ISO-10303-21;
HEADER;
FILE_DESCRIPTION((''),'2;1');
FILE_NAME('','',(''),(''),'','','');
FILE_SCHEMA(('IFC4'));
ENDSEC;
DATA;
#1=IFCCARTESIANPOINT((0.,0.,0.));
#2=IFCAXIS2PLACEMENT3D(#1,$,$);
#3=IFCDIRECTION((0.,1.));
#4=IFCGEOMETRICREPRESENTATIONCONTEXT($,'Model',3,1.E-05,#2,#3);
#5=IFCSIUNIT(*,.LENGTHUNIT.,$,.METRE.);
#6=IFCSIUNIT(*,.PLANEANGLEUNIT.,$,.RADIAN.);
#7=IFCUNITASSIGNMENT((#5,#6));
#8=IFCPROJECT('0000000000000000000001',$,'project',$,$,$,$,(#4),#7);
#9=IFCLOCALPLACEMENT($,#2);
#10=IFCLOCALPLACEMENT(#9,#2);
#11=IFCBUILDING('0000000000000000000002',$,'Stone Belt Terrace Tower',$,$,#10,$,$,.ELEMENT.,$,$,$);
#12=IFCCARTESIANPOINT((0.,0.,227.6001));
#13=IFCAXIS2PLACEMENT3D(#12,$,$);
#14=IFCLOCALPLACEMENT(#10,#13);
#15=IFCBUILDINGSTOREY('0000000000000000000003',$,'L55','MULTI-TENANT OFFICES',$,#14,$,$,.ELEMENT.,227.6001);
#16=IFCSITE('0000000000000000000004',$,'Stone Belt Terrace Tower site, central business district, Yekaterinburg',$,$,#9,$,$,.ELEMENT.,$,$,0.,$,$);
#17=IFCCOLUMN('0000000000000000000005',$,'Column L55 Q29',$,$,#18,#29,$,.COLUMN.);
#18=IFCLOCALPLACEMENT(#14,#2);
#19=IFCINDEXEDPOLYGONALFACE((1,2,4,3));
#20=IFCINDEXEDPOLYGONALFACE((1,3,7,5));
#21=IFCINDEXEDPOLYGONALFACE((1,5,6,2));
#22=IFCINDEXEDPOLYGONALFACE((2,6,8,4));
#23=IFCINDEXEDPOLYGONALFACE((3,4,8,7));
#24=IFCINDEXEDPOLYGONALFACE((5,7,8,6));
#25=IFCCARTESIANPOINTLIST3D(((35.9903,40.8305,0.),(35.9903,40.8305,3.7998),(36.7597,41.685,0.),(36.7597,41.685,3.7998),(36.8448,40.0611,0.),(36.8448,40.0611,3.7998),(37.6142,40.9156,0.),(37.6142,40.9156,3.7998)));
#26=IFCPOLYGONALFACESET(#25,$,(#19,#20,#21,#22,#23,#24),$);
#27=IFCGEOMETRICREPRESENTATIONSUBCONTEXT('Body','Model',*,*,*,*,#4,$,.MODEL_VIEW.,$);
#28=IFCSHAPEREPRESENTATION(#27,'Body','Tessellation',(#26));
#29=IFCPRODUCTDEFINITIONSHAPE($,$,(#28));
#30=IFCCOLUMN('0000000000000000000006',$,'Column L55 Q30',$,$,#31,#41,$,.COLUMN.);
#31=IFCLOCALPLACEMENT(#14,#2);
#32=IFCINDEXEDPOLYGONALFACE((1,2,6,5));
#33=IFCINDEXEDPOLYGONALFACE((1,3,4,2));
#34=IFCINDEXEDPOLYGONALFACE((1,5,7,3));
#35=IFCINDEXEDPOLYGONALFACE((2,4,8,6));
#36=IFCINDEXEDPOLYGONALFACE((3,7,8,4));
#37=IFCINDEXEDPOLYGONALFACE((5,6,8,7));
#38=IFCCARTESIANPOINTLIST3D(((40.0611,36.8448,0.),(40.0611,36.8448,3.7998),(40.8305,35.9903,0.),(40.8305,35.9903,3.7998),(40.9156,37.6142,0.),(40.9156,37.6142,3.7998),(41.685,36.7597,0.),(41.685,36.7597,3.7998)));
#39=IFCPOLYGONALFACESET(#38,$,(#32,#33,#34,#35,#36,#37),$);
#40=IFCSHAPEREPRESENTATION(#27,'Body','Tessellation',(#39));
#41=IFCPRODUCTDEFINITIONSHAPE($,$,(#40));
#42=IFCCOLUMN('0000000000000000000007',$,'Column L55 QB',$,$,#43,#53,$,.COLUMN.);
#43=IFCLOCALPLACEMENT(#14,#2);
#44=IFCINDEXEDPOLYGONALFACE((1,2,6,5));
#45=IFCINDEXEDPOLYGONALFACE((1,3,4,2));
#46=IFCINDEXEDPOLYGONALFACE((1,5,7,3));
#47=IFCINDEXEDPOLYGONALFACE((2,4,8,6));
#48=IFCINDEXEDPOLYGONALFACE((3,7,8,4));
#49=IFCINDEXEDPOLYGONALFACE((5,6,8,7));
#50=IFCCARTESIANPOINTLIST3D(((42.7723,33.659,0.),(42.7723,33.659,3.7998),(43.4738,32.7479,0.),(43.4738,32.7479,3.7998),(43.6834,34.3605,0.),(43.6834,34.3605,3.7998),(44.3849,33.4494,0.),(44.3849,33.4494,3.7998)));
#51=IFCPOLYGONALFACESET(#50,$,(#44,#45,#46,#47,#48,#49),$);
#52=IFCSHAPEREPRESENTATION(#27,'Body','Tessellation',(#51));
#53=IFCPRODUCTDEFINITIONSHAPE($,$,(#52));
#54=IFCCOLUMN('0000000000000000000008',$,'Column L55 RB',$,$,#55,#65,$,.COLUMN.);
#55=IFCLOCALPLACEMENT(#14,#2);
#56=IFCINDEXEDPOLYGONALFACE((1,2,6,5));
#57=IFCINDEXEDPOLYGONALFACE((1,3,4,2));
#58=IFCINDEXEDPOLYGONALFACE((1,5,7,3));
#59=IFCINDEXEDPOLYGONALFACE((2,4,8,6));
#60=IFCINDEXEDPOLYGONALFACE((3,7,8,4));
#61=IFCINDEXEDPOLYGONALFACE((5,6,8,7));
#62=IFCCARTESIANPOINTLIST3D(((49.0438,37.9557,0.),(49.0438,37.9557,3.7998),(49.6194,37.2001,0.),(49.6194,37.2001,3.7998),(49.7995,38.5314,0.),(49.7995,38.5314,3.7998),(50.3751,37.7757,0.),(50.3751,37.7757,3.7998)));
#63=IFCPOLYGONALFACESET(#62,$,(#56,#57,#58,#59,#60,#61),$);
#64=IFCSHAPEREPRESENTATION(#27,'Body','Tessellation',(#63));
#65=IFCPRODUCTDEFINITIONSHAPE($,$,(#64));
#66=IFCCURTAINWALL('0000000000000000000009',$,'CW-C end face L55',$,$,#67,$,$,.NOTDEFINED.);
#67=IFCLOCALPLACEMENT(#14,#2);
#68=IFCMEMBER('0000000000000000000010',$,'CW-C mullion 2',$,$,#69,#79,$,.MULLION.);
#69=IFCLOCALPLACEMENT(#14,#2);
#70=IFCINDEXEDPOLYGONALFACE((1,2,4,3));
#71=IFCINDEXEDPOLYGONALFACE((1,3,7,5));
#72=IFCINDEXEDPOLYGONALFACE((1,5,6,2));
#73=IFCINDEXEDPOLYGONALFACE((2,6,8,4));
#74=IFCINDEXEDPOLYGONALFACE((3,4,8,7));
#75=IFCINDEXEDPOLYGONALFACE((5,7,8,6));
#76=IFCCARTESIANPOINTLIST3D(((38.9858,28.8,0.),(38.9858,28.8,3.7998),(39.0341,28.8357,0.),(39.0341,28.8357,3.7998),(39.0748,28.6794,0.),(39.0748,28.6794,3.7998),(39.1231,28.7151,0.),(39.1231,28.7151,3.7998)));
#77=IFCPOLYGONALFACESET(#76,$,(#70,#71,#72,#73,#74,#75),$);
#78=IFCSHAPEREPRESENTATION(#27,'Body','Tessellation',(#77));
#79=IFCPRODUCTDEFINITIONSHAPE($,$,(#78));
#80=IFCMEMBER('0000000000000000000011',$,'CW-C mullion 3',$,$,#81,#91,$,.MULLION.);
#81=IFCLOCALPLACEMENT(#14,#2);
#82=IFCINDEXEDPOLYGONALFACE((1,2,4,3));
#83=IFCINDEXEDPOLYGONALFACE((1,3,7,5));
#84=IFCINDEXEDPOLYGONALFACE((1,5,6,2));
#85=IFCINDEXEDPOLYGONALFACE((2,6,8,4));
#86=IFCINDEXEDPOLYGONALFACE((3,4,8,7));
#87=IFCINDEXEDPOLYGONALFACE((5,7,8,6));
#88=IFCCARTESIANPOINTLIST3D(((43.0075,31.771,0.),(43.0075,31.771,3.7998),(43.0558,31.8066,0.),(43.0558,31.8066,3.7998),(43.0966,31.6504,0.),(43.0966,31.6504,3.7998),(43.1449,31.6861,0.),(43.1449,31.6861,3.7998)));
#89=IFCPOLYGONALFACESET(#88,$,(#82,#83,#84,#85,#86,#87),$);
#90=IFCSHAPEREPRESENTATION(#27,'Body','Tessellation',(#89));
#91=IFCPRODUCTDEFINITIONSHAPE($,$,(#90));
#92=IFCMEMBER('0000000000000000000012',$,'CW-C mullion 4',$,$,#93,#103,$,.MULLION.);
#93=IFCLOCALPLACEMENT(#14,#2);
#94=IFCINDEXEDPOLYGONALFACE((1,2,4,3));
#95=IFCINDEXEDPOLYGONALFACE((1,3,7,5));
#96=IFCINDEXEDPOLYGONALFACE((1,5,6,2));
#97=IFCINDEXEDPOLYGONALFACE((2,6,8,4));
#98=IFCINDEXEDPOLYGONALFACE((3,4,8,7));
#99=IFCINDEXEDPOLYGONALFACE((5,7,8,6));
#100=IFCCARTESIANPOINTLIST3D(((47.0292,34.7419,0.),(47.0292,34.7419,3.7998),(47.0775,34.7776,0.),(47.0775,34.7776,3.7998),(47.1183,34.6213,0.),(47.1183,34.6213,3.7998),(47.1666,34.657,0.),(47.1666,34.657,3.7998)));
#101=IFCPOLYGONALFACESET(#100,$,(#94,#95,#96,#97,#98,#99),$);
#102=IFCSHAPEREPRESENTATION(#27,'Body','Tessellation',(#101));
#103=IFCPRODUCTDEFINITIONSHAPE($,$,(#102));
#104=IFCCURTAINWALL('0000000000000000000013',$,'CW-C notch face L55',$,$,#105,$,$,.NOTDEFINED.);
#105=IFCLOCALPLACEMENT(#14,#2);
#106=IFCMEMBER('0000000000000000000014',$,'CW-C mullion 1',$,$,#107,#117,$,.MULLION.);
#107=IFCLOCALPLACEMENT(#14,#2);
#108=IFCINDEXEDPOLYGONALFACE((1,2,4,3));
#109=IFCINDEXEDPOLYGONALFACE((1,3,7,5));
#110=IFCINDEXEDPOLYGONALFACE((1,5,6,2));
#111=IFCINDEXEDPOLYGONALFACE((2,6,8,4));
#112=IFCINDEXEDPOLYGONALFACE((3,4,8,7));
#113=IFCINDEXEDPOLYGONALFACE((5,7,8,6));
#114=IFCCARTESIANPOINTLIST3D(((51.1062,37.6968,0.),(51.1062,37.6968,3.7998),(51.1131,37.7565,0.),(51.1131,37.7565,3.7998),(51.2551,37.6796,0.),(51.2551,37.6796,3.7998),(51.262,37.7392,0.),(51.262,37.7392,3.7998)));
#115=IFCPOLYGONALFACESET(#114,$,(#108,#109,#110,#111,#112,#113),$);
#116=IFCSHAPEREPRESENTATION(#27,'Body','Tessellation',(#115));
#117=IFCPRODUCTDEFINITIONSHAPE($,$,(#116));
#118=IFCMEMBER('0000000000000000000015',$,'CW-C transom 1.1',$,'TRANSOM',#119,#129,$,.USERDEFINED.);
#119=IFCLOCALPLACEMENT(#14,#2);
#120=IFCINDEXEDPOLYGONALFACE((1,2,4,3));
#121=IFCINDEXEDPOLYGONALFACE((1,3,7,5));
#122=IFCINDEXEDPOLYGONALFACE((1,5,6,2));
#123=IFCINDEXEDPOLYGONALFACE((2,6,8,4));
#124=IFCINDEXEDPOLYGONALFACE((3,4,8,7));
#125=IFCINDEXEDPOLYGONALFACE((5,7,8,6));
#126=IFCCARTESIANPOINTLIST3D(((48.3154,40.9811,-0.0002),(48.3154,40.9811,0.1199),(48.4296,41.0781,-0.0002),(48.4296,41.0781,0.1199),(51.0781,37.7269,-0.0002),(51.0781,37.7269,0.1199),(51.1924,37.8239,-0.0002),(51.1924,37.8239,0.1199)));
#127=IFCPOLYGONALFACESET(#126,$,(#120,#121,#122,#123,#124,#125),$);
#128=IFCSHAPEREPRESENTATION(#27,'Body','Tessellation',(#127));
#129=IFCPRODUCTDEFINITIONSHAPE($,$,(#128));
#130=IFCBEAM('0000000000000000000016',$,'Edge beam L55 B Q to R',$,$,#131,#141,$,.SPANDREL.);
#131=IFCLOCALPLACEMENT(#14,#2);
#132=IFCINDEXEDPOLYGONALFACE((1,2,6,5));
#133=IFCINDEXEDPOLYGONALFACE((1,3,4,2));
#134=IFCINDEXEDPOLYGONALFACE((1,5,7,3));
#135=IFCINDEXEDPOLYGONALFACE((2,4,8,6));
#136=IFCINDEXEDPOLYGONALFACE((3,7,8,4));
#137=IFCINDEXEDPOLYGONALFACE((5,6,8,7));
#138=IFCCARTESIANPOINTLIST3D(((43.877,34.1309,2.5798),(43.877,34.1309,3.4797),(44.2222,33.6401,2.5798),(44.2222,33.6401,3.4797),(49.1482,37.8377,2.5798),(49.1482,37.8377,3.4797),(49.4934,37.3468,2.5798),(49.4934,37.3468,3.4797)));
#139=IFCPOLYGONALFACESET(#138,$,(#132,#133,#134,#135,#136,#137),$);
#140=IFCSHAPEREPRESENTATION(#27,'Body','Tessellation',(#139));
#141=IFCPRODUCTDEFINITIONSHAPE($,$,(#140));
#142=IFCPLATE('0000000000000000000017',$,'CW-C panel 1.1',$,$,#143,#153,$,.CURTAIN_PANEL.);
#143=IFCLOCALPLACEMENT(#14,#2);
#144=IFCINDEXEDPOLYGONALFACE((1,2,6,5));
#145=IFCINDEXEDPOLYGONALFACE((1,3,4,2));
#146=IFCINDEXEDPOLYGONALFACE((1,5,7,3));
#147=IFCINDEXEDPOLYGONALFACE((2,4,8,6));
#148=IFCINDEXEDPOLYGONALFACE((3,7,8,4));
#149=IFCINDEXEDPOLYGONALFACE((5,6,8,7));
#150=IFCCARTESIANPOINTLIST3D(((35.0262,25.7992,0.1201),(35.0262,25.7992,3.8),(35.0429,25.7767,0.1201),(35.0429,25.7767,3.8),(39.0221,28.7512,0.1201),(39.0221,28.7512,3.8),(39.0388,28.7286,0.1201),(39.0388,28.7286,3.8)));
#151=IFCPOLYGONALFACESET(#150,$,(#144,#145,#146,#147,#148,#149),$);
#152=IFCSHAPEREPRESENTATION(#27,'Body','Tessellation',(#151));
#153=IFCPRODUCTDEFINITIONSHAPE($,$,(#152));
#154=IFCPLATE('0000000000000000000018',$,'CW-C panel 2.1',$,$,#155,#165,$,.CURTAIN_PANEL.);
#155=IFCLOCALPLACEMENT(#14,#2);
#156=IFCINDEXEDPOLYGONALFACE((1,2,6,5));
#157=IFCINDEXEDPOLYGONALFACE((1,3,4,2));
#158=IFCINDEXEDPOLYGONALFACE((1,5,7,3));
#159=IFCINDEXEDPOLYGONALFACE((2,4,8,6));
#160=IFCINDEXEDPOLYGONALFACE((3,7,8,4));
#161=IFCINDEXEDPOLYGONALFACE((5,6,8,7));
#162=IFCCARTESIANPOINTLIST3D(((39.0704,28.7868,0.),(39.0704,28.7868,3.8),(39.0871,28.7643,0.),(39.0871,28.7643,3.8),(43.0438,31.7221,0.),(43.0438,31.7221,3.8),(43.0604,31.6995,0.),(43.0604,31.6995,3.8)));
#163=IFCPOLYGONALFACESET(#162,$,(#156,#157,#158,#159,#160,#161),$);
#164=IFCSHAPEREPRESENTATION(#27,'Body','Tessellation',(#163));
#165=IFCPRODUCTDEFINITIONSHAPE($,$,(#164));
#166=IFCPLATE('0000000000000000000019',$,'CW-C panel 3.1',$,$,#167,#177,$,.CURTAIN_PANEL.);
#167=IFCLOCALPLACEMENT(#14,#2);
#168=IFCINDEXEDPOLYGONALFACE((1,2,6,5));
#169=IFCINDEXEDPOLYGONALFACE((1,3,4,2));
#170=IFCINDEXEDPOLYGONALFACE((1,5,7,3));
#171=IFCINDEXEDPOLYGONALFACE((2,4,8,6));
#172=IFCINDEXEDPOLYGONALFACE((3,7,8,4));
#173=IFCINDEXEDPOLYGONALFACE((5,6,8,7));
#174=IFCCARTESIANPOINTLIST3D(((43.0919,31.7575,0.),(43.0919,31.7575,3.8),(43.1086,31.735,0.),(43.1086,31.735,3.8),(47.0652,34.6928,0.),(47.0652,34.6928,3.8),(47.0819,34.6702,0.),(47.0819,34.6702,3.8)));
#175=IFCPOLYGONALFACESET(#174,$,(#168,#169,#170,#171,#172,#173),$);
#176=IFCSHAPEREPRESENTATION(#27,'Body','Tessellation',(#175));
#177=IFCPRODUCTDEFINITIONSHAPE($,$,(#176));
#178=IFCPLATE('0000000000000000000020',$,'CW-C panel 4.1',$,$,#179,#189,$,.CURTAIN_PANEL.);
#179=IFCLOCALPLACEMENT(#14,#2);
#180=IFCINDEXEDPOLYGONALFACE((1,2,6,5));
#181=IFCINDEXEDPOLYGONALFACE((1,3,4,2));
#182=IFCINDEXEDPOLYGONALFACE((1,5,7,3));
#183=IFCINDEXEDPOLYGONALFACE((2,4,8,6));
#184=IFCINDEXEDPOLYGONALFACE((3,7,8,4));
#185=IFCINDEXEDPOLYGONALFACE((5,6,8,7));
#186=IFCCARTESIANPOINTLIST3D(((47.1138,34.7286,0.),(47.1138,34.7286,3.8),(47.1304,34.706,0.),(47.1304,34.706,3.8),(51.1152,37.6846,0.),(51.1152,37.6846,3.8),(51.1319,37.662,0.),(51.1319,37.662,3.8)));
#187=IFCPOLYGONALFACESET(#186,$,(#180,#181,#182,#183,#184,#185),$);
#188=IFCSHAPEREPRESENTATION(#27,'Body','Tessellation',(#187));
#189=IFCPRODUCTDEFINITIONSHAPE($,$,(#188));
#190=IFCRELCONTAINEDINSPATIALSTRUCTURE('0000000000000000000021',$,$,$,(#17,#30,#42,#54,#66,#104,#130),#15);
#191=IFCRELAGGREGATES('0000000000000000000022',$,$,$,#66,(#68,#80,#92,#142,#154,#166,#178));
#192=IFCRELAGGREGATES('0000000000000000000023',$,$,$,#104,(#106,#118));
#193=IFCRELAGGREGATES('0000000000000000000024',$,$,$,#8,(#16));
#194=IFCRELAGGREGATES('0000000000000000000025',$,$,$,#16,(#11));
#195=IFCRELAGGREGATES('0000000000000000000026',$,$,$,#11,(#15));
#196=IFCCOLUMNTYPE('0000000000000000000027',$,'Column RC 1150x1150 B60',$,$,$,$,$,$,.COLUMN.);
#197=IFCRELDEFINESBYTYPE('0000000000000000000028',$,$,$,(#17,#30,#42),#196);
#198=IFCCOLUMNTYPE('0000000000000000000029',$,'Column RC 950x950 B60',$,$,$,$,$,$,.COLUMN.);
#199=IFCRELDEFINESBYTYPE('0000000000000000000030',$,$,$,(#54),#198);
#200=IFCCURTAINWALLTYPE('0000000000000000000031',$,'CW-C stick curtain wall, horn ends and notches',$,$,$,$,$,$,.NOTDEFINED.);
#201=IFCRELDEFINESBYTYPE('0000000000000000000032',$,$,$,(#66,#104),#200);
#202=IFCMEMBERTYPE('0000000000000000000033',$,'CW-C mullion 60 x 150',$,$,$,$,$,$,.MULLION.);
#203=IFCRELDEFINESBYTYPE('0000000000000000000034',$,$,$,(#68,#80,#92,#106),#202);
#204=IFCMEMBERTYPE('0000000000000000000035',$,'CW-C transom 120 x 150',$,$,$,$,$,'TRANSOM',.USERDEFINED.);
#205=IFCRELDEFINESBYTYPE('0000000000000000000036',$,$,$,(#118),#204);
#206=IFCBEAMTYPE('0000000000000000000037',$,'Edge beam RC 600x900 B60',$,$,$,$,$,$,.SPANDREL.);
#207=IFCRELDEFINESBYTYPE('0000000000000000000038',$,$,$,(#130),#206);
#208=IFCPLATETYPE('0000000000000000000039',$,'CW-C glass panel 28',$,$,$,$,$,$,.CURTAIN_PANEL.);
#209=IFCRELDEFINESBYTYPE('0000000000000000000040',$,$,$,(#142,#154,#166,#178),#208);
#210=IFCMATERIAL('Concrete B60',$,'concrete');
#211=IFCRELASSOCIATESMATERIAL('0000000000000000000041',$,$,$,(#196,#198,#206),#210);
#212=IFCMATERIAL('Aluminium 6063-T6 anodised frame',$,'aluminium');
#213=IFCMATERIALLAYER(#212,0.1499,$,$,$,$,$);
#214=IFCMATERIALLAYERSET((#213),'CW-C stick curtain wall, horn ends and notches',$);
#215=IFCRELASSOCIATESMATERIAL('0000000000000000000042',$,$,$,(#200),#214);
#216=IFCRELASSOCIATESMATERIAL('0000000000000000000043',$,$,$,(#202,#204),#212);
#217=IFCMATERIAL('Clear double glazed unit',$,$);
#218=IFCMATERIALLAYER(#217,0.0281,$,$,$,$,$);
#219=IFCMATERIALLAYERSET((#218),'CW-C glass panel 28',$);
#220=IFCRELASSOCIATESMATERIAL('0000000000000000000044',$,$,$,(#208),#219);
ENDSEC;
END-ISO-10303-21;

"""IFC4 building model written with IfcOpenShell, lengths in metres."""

from ifc_helpers import new_model, si_unit, direction, frame, origin, origin_2d, place, context, subcontext, project, spatial, rectangle, extrude, material, layer, layer_set, material_profile, profile_set, type_object, element, aggregate, save


model = new_model("IFC4")

# Units and contexts
model_context = context("Model", 3, precision=1e-05, world=origin(), true_north=direction((0.0, 1.0)))
body_context = subcontext(model_context, "Body", "Model", "MODEL_VIEW")
ifc_project = project(units=[si_unit("LENGTHUNIT", "METRE"), si_unit("PLANEANGLEUNIT", "RADIAN")], contexts=[model_context])

# Site, building, storey
site_placement = place(None, origin())
site = spatial("IfcSite", under=ifc_project, at=site_placement, Name="Stone Belt Terrace Tower site, central business district, Yekaterinburg", CompositionType="ELEMENT", RefElevation=0.0)
building_placement = place(site_placement, origin())
building = spatial("IfcBuilding", under=site, at=building_placement, Name="Stone Belt Terrace Tower", CompositionType="ELEMENT")
storey_placement = place(building_placement, frame((0.0, 0.0, 227.6001)))
storey = spatial("IfcBuildingStorey", under=building, at=storey_placement, Name="L55", Description="MULTI-TENANT OFFICES", CompositionType="ELEMENT", Elevation=227.6001)

# Columns
ifc_material_1 = material(Name="Concrete B60", Category="concrete")
ifc_material_profile_1 = material_profile(ifc_material_1, rectangle(XDim=1.1499, YDim=1.1499, at=origin_2d()), Name="RC 1150x1150")
ifc_profile_set_1 = profile_set([ifc_material_profile_1], Name="Concrete B60")
column_type_1 = type_object("IfcColumnType", Name="Column RC 1150x1150 B60", PredefinedType="COLUMN", material=ifc_profile_set_1)
for number, where, z_axis, x_axis, name in (
    (1, (36.8022, 40.873, 0.0), (0.0, 0.0, 1.0), (0.743145, -0.669131, 0.0), "Column L55 Q29"),
    (2, (40.873, 36.8022, 0.0), (0.0, 0.0, 1.0), (0.669131, -0.743145, 0.0), "Column L55 Q30"),
    (3, (43.5786, 33.5542, 0.0), (0.0, 0.0, 1.0), (0.610079, -0.792341, 0.0), "Column L55 QB"),
):
    element("IfcColumn", number, at=place(storey_placement, frame(where, z_axis=z_axis, x_axis=x_axis)), inside=storey, type_object=column_type_1, Name=name, PredefinedType="COLUMN", context=body_context, shape_type="SweptSolid", body=[
        extrude(rectangle(XDim=1.1499, YDim=1.1499, at=origin_2d()), origin(), (0.0, 0.0, 1.0), 3.7998),
    ])
ifc_material_profile_2 = material_profile(ifc_material_1, rectangle(XDim=0.95, YDim=0.95, at=origin_2d()), Name="RC 950x950")
ifc_profile_set_2 = profile_set([ifc_material_profile_2], Name="Concrete B60")
column_type_2 = type_object("IfcColumnType", Name="Column RC 950x950 B60", PredefinedType="COLUMN", material=ifc_profile_set_2)
column_placement = place(storey_placement, frame((49.7095, 37.8657, 0.0), z_axis=(0.0, 0.0, 1.0), x_axis=(0.605961, -0.795495, 0.0)))
element("IfcColumn", 4, at=column_placement, inside=storey, type_object=column_type_2, Name="Column L55 RB", PredefinedType="COLUMN", context=body_context, shape_type="SweptSolid", body=[
    extrude(rectangle(XDim=0.95, YDim=0.95, at=origin_2d()), origin(), (0.0, 0.0, 1.0), 3.7998),
])

# Curtain walls, members
ifc_material_2 = material(Name="Aluminium 6063-T6 anodised frame", Category="aluminium")
ifc_layer_1 = layer(ifc_material_2, 0.1499)
ifc_layer_set_1 = layer_set([ifc_layer_1], Name="CW-C stick curtain wall, horn ends and notches")
curtain_wall_type = type_object("IfcCurtainWallType", Name="CW-C stick curtain wall, horn ends and notches", PredefinedType="NOTDEFINED", material=ifc_layer_set_1)
curtain_wall_1_placement = place(storey_placement, origin())
curtain_wall_1 = element("IfcCurtainWall", 5, at=curtain_wall_1_placement, inside=storey, type_object=curtain_wall_type, Name="CW-C end face L55", PredefinedType="NOTDEFINED")
ifc_material_profile_3 = material_profile(ifc_material_2, rectangle(XDim=0.1499, YDim=0.0601, at=origin_2d()), Name="Aluminium 6063-T6 60x150")
ifc_profile_set_3 = profile_set([ifc_material_profile_3], Name="Aluminium 6063-T6 anodised frame")
member_type_1 = type_object("IfcMemberType", Name="CW-C mullion 60 x 150", PredefinedType="MULLION", material=ifc_profile_set_3)
member_1_placement = place(storey_placement, frame((39.0544, 28.7576, 0.0), z_axis=(0.0, 0.0, 1.0), x_axis=(-0.594184, 0.804329, 0.0)))
member_1 = element("IfcMember", 6, at=member_1_placement, type_object=member_type_1, Name="CW-C mullion 2", PredefinedType="MULLION", context=body_context, shape_type="SweptSolid", body=[
    extrude(rectangle(XDim=0.1499, YDim=0.0601, at=origin_2d()), origin(), (0.0, 0.0, 1.0), 3.7998),
])
member_2_placement = place(storey_placement, frame((43.0762, 31.7285, 0.0), z_axis=(0.0, 0.0, 1.0), x_axis=(-0.594184, 0.804329, 0.0)))
member_2 = element("IfcMember", 7, at=member_2_placement, type_object=member_type_1, Name="CW-C mullion 3", PredefinedType="MULLION", context=body_context, shape_type="SweptSolid", body=[
    extrude(rectangle(XDim=0.1499, YDim=0.0601, at=origin_2d()), origin(), (0.0, 0.0, 1.0), 3.7998),
])
member_3_placement = place(storey_placement, frame((47.0979, 34.6995, 0.0), z_axis=(0.0, 0.0, 1.0), x_axis=(-0.594184, 0.804329, 0.0)))
member_3 = element("IfcMember", 8, at=member_3_placement, type_object=member_type_1, Name="CW-C mullion 4", PredefinedType="MULLION", context=body_context, shape_type="SweptSolid", body=[
    extrude(rectangle(XDim=0.1499, YDim=0.0601, at=origin_2d()), origin(), (0.0, 0.0, 1.0), 3.7998),
])
curtain_wall_2_placement = place(storey_placement, origin())
curtain_wall_2 = element("IfcCurtainWall", 9, at=curtain_wall_2_placement, inside=storey, type_object=curtain_wall_type, Name="CW-C notch face L55", PredefinedType="NOTDEFINED")
member_4_placement = place(storey_placement, frame((51.1841, 37.718, 0.0), z_axis=(0.0, 0.0, 1.0), x_axis=(-0.993359, 0.115057, 0.0)))
member_4 = element("IfcMember", 10, at=member_4_placement, type_object=member_type_1, Name="CW-C mullion 1", PredefinedType="MULLION", context=body_context, shape_type="SweptSolid", body=[
    extrude(rectangle(XDim=0.1499, YDim=0.0601, at=origin_2d()), origin(), (0.0, 0.0, 1.0), 3.7998),
])
ifc_material_profile_4 = material_profile(ifc_material_2, rectangle(XDim=0.1499, YDim=0.1201, at=origin_2d()), Name="Aluminium 6063-T6 150x120")
ifc_profile_set_4 = profile_set([ifc_material_profile_4], Name="Aluminium 6063-T6 anodised frame")
member_type_2 = type_object("IfcMemberType", Name="CW-C transom 120 x 150", ElementType="TRANSOM", PredefinedType="USERDEFINED", material=ifc_profile_set_4)
member_5_placement = place(storey_placement, frame((51.1353, 37.7754, 0.0598), z_axis=(-0.647195, 0.762324, 0.0), x_axis=(-0.762324, -0.647195, 0.0)))
member_5 = element("IfcMember", 11, at=member_5_placement, type_object=member_type_2, Name="CW-C transom 1.1", ObjectType="TRANSOM", PredefinedType="USERDEFINED", context=body_context, shape_type="SweptSolid", body=[
    extrude(rectangle(XDim=0.1499, YDim=0.1201, at=origin_2d()), origin(), (0.0, 0.0, 1.0), 4.2688),
])

# Beam
ifc_material_profile_5 = material_profile(ifc_material_1, rectangle(XDim=0.6001, YDim=0.8999, at=origin_2d()), Name="RC 600x900")
ifc_profile_set_5 = profile_set([ifc_material_profile_5], Name="Concrete B60")
beam_type = type_object("IfcBeamType", Name="Edge beam RC 600x900 B60", PredefinedType="SPANDREL", material=ifc_profile_set_5)
beam_placement = place(storey_placement, frame((44.0496, 33.8855, 3.0298), z_axis=(0.817997, 0.575223, 0.0), x_axis=(-0.575223, 0.817997, 0.0)))
element("IfcBeam", 12, at=beam_placement, inside=storey, type_object=beam_type, Name="Edge beam L55 B Q to R", PredefinedType="SPANDREL", context=body_context, shape_type="SweptSolid", body=[
    extrude(rectangle(XDim=0.6001, YDim=0.8999, at=origin_2d()), origin(), (0.0, 0.0, 1.0), 6.4441),
])

# Plates
ifc_material_3 = material(Name="Clear double glazed unit")
ifc_layer_2 = layer(ifc_material_3, 0.0281)
ifc_layer_set_2 = layer_set([ifc_layer_2], Name="CW-C glass panel 28")
plate_type = type_object("IfcPlateType", Name="CW-C glass panel 28", PredefinedType="CURTAIN_PANEL", material=ifc_layer_set_2)
plate_1_placement = place(storey_placement, frame((37.0325, 27.2639, 0.1201), z_axis=(0.0, 0.0, 1.0), x_axis=(0.804329, 0.594184, 0.0)))
plate_1 = element("IfcPlate", 13, at=plate_1_placement, type_object=plate_type, Name="CW-C panel 1.1", PredefinedType="CURTAIN_PANEL", context=body_context, shape_type="SweptSolid", body=[
    extrude(rectangle(XDim=4.968, YDim=0.0281, at=origin_2d()), origin(), (0.0, 0.0, 1.0), 3.6799),
])
plate_2_placement = place(storey_placement, frame((41.0654, 30.2432, 0.0), z_axis=(0.0, 0.0, 1.0), x_axis=(0.804329, 0.594184, 0.0)))
plate_2 = element("IfcPlate", 14, at=plate_2_placement, type_object=plate_type, Name="CW-C panel 2.1", PredefinedType="CURTAIN_PANEL", context=body_context, shape_type="SweptSolid", body=[
    extrude(rectangle(XDim=4.9399, YDim=0.0281, at=origin_2d()), origin(), (0.0, 0.0, 1.0), 3.8),
])
plate_3_placement = place(storey_placement, frame((45.0869, 33.2139, 0.0), z_axis=(0.0, 0.0, 1.0), x_axis=(0.804329, 0.594184, 0.0)))
plate_3 = element("IfcPlate", 15, at=plate_3_placement, type_object=plate_type, Name="CW-C panel 3.1", PredefinedType="CURTAIN_PANEL", context=body_context, shape_type="SweptSolid", body=[
    extrude(rectangle(XDim=4.9399, YDim=0.0281, at=origin_2d()), origin(), (0.0, 0.0, 1.0), 3.8),
])
plate_4_placement = place(storey_placement, frame((49.1228, 36.1953, 0.0), z_axis=(0.0, 0.0, 1.0), x_axis=(0.804329, 0.594184, 0.0)))
plate_4 = element("IfcPlate", 16, at=plate_4_placement, type_object=plate_type, Name="CW-C panel 4.1", PredefinedType="CURTAIN_PANEL", context=body_context, shape_type="SweptSolid", body=[
    extrude(rectangle(XDim=4.9749, YDim=0.0281, at=origin_2d()), origin(), (0.0, 0.0, 1.0), 3.8),
])
aggregate(curtain_wall_1, [member_1, member_2, member_3, plate_1, plate_2, plate_3, plate_4])
aggregate(curtain_wall_2, [member_4, member_5])

save(model, "model.ifc")
